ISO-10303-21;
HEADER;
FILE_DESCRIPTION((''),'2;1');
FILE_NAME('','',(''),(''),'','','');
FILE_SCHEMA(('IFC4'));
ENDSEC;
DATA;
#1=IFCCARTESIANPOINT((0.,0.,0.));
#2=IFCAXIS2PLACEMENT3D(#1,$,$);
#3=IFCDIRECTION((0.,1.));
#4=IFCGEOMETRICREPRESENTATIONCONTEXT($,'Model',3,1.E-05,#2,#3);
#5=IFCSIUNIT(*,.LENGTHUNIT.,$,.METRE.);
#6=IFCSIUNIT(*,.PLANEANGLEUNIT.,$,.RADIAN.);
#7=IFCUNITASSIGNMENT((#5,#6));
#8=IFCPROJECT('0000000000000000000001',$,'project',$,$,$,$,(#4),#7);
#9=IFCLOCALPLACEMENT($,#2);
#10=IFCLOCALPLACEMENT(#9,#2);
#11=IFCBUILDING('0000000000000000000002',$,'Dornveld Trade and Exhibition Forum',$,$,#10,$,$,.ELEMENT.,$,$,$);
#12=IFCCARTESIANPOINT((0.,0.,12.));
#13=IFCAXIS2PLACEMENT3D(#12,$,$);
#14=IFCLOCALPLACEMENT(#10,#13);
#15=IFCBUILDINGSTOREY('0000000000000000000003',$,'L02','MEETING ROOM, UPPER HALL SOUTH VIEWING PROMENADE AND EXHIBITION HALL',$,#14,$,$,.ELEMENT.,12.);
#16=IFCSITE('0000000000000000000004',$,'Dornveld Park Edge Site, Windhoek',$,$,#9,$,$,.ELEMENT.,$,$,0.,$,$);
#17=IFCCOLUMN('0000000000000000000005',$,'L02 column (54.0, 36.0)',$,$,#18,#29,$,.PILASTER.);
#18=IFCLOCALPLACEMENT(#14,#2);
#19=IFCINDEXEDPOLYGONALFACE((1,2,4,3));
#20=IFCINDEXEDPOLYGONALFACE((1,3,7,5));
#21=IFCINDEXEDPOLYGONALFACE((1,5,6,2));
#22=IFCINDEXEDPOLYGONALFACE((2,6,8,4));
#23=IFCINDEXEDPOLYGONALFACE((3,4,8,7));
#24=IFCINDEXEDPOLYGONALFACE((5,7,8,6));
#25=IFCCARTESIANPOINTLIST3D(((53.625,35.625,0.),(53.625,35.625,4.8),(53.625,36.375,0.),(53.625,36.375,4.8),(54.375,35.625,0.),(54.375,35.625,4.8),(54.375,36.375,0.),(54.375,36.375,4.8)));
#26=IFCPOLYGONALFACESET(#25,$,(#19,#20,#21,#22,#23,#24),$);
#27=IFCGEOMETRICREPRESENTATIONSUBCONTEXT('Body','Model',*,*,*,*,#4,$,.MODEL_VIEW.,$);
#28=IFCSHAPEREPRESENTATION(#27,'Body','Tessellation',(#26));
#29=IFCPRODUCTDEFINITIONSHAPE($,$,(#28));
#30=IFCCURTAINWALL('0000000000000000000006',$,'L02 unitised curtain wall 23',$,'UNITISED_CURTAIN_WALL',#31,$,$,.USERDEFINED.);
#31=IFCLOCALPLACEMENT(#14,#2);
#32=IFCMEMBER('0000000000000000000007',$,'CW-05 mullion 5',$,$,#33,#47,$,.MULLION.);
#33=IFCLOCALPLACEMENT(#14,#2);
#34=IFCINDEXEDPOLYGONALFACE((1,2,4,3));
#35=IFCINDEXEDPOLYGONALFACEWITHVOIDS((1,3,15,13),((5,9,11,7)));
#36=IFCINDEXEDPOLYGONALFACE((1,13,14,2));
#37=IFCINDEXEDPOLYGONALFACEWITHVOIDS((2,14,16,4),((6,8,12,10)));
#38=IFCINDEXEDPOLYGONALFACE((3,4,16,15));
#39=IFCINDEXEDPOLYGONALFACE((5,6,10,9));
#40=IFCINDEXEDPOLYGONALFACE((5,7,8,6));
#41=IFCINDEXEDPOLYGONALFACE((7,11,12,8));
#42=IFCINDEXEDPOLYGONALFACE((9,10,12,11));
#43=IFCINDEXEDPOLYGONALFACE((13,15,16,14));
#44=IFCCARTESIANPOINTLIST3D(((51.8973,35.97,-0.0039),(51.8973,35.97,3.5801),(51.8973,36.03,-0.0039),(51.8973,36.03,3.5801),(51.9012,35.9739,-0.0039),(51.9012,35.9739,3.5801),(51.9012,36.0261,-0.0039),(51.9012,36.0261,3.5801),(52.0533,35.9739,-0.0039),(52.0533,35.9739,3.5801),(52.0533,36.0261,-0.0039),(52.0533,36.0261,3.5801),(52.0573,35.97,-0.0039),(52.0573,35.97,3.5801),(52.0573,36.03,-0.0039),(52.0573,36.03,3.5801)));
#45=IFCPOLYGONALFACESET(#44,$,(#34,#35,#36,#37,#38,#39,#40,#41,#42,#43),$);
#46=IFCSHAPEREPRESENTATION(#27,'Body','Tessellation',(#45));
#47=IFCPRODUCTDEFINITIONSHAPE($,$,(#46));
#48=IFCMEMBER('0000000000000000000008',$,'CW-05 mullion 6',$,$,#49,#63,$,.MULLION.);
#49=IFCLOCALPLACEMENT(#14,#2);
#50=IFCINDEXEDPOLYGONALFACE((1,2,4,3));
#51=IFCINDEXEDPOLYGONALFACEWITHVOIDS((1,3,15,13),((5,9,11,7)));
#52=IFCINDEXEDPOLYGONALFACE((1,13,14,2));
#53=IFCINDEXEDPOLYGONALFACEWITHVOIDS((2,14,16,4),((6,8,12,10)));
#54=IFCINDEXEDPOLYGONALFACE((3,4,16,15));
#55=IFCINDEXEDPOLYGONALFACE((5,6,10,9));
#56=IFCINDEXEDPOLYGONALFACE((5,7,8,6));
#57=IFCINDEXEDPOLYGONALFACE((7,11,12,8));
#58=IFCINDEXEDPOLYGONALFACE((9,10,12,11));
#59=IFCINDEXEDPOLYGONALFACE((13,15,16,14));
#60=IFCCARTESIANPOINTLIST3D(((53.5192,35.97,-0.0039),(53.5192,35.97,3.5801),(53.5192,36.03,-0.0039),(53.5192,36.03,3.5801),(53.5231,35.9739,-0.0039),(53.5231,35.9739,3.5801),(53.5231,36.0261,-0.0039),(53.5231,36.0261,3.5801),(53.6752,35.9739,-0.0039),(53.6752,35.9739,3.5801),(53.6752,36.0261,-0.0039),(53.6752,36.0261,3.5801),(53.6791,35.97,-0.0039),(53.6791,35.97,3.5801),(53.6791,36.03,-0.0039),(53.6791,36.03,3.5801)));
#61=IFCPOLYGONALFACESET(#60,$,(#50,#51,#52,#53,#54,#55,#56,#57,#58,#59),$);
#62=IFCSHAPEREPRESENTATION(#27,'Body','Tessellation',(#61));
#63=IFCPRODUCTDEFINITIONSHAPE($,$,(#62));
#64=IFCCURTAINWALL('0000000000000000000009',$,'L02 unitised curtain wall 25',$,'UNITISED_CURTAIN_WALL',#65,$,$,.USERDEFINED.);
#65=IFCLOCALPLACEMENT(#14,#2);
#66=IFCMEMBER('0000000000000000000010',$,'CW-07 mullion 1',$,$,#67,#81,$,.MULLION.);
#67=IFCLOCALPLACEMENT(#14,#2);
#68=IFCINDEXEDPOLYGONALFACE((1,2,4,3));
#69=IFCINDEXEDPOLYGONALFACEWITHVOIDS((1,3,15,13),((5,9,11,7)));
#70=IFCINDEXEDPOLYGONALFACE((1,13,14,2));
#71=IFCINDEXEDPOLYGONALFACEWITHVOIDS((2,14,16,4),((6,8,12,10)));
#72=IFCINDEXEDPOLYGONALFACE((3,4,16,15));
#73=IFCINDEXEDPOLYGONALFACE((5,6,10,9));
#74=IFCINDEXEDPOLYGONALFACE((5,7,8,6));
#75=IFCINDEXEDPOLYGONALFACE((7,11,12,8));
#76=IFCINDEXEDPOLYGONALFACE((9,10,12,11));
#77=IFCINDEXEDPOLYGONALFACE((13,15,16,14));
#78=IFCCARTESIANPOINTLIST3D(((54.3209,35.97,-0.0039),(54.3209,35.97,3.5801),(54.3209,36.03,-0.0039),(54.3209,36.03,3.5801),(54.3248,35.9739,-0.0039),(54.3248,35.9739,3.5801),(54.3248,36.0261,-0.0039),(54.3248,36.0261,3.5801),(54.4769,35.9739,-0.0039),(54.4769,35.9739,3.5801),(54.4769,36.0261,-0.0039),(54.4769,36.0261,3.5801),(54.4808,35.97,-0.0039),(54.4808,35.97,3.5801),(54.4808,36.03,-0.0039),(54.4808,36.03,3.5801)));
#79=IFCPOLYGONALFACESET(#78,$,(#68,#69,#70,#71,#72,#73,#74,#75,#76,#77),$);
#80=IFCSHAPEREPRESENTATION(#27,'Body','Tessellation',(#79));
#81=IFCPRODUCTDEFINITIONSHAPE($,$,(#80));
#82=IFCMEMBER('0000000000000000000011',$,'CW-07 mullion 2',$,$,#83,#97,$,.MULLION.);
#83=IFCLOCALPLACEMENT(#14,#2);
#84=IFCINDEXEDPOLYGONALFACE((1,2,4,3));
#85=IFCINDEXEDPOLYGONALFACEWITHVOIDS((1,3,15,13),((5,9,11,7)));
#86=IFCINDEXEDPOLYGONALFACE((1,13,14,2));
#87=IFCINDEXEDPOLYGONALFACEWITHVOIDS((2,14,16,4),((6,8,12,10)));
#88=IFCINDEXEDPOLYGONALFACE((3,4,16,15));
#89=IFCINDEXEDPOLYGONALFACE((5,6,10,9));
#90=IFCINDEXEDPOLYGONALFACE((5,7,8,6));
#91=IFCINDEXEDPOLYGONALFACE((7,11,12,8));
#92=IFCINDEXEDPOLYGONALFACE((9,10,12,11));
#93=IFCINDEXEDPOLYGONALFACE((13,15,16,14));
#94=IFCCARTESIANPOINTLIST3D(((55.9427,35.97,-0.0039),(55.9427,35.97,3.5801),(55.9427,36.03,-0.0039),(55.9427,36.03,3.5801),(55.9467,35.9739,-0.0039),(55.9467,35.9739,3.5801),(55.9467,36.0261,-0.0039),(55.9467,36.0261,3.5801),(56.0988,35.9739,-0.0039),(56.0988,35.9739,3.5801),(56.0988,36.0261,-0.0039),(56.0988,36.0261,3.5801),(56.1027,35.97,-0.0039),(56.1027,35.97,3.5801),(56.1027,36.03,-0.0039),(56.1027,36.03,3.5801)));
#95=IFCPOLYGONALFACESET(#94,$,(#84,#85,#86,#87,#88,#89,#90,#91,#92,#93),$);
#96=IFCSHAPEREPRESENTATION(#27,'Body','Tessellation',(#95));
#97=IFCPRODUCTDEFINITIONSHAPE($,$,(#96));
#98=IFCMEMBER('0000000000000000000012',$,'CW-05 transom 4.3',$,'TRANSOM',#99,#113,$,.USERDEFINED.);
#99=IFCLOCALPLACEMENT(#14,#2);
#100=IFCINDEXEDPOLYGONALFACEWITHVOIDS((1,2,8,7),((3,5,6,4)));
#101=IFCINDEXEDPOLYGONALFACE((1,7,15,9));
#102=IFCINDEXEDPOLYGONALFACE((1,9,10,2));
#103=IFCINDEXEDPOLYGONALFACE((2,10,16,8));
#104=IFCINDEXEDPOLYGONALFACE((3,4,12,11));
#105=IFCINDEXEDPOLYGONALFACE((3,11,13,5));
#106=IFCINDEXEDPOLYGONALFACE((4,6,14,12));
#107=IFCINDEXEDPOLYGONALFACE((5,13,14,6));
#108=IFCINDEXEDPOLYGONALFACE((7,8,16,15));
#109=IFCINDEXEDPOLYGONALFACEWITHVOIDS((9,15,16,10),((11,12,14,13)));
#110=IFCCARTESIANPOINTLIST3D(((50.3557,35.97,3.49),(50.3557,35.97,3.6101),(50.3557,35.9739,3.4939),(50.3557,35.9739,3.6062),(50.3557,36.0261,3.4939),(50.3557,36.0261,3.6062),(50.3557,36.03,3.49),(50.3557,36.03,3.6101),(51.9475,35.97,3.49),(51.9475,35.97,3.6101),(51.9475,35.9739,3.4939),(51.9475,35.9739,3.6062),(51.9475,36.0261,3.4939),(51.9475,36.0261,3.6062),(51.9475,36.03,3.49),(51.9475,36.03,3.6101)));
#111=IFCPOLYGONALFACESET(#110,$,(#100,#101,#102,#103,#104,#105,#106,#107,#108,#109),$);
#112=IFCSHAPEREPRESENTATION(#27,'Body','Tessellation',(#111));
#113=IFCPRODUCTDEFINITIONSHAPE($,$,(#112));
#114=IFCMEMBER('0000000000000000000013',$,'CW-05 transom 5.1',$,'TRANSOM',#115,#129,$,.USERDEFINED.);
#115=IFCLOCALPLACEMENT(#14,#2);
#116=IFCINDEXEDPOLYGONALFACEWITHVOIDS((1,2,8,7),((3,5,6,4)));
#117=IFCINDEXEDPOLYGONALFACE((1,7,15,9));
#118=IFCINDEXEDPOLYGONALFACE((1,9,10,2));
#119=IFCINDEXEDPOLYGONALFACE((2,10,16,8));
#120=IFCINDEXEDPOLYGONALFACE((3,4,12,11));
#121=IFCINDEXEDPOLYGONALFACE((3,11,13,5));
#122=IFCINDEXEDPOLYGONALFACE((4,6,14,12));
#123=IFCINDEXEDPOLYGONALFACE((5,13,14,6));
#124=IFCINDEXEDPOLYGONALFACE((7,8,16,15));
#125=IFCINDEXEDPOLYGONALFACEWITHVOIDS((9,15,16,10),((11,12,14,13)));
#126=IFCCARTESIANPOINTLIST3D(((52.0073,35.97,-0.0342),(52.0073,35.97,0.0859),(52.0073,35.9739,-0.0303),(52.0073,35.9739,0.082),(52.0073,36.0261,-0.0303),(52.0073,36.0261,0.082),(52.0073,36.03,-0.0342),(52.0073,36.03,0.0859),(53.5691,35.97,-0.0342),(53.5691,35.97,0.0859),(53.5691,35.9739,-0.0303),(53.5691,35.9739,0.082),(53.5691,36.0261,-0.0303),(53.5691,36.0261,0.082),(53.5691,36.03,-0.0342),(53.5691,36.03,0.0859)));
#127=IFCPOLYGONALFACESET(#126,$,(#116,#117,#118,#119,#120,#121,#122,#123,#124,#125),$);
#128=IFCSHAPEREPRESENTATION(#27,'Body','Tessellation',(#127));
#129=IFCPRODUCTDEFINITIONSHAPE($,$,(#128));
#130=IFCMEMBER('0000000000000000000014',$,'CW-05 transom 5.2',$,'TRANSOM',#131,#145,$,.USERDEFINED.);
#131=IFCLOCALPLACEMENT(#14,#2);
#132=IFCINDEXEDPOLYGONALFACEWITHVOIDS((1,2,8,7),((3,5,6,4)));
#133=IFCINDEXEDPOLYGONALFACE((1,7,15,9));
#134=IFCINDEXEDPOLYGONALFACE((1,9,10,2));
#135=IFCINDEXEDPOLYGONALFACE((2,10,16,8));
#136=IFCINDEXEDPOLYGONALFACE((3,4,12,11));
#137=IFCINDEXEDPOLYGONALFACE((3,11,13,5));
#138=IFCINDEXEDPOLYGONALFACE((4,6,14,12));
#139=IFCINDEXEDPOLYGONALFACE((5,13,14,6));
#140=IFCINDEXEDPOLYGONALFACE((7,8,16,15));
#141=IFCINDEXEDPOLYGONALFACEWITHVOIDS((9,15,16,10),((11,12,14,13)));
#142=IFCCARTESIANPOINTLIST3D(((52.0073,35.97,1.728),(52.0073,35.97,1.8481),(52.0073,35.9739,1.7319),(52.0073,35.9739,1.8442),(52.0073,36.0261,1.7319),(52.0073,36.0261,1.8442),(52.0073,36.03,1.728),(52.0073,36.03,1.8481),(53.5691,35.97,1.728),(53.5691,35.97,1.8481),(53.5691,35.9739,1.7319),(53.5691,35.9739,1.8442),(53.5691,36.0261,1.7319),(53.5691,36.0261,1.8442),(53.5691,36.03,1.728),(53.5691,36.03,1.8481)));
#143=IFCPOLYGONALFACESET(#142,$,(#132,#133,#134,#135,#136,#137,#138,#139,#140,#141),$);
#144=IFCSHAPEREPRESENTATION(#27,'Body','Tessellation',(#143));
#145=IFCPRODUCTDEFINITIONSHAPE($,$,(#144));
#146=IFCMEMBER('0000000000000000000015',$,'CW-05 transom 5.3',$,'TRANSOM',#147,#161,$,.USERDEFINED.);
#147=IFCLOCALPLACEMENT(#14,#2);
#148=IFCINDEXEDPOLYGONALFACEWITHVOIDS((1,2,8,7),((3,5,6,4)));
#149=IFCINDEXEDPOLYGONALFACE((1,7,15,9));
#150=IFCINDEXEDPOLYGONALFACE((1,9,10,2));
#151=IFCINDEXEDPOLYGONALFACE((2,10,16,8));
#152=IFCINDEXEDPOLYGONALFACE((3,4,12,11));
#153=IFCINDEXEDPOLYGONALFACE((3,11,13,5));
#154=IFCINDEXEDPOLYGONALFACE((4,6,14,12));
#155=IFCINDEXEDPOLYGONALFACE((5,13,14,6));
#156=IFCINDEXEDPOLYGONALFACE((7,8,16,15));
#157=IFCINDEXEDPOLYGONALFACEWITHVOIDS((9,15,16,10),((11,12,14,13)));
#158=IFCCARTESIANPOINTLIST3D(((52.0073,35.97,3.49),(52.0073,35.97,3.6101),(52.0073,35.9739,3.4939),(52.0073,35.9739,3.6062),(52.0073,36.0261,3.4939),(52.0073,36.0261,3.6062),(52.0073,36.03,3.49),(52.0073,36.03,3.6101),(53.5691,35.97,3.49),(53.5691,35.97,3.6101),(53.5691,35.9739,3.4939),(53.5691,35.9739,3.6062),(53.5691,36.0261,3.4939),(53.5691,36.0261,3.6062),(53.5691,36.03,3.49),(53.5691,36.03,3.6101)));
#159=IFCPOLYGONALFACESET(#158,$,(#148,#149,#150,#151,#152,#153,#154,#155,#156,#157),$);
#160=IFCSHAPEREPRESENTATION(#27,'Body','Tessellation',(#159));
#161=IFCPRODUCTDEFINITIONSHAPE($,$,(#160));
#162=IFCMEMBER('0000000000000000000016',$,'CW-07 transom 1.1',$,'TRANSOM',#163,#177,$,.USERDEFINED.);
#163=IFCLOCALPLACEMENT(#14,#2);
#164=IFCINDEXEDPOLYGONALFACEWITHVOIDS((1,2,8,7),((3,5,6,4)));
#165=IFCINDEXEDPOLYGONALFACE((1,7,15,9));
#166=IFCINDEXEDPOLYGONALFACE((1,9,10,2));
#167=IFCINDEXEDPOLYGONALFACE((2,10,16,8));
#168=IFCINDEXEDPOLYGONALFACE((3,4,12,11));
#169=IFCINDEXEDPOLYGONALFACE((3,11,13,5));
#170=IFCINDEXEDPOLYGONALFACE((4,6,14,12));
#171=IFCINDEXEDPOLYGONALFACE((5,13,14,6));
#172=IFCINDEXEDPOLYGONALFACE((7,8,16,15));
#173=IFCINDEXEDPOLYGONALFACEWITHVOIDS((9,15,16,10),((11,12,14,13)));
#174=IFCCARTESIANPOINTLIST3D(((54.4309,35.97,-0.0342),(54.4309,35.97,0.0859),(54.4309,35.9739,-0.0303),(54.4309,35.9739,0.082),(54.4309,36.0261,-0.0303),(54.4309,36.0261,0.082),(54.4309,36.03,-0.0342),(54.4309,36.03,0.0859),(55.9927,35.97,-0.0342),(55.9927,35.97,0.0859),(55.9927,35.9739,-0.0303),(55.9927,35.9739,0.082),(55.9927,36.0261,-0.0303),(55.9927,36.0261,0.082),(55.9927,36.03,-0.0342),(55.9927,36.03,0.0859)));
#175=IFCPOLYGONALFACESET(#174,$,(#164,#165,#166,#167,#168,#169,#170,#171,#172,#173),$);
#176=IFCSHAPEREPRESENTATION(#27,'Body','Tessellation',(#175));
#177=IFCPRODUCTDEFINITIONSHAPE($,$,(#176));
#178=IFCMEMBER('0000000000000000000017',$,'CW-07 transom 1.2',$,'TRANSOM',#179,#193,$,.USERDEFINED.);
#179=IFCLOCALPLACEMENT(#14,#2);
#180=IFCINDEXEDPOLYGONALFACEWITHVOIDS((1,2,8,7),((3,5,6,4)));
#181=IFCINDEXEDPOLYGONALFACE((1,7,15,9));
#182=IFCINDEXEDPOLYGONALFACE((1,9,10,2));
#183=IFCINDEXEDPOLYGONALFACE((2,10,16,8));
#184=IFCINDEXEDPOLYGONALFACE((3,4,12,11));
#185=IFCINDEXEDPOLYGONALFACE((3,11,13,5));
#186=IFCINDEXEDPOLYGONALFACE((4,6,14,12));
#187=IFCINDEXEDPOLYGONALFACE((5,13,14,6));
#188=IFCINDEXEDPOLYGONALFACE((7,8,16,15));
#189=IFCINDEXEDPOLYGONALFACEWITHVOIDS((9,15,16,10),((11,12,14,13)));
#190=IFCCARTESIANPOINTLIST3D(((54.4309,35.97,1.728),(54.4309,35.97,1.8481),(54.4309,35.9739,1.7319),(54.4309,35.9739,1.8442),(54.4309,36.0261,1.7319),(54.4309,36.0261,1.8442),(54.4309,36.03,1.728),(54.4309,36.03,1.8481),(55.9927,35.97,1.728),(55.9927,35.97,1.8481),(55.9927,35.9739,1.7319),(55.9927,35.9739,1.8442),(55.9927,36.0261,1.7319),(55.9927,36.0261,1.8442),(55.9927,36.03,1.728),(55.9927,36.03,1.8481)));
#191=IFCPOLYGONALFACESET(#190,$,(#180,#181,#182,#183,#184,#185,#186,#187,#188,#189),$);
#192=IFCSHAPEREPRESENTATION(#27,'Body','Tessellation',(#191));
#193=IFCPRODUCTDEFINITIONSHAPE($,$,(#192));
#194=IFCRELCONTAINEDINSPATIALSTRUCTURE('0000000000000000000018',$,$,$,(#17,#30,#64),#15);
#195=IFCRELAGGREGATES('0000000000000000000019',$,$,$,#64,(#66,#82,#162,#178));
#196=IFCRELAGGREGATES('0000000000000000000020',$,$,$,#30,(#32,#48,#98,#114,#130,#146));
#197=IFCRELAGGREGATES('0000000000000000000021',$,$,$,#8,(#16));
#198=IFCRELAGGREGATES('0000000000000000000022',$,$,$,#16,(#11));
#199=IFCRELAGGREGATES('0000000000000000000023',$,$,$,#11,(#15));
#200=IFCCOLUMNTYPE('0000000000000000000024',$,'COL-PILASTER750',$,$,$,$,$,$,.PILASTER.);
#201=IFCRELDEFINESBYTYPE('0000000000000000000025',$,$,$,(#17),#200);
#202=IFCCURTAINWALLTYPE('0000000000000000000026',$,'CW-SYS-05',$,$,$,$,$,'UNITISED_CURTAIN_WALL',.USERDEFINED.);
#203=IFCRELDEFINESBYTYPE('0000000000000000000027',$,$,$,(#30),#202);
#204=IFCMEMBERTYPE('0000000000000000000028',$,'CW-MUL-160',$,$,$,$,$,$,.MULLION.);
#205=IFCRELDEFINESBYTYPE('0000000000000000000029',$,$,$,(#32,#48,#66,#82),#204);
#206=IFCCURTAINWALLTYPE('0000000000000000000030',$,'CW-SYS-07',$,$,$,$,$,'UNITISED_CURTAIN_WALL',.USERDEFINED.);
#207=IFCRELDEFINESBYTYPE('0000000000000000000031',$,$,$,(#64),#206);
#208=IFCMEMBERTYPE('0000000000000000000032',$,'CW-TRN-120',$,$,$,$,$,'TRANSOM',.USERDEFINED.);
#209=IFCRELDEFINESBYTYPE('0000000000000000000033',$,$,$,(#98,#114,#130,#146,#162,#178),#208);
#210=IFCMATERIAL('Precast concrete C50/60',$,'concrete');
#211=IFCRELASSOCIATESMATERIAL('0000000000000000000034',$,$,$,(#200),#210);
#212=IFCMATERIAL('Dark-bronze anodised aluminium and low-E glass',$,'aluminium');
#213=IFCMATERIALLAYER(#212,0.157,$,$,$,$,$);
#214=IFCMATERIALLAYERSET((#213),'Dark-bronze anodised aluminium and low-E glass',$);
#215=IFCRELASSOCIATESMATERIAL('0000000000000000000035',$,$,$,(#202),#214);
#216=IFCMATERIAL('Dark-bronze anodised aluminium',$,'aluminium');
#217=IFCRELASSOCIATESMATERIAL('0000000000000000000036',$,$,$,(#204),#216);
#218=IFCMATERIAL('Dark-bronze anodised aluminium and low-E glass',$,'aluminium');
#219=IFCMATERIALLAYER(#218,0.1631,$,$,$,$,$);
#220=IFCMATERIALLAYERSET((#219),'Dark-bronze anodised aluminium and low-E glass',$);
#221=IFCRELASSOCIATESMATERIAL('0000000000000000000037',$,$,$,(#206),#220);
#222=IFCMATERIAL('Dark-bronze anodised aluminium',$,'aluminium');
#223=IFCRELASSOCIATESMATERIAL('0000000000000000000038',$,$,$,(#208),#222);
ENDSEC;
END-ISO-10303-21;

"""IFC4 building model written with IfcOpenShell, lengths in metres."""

from ifc_helpers import new_model, si_unit, direction, frame, origin, origin_2d, place, context, subcontext, project, spatial, rectangle, hollow_rectangle, extrude, material, layer, layer_set, material_profile, profile_set, type_object, element, aggregate, save


model = new_model("IFC4")

# Units and contexts
model_context = context("Model", 3, precision=1e-05, world=origin(), true_north=direction((0.0, 1.0)))
body_context = subcontext(model_context, "Body", "Model", "MODEL_VIEW")
ifc_project = project(units=[si_unit("LENGTHUNIT", "METRE"), si_unit("PLANEANGLEUNIT", "RADIAN")], contexts=[model_context])

# Site, building, storey
site_placement = place(None, origin())
site = spatial("IfcSite", under=ifc_project, at=site_placement, Name="Dornveld Park Edge Site, Windhoek", CompositionType="ELEMENT", RefElevation=0.0)
building_placement = place(site_placement, origin())
building = spatial("IfcBuilding", under=site, at=building_placement, Name="Dornveld Trade and Exhibition Forum", CompositionType="ELEMENT")
storey_placement = place(building_placement, frame((0.0, 0.0, 12.0)))
storey = spatial("IfcBuildingStorey", under=building, at=storey_placement, Name="L02", Description="MEETING ROOM, UPPER HALL SOUTH VIEWING PROMENADE AND EXHIBITION HALL", CompositionType="ELEMENT", Elevation=12.0)

# Column
ifc_material_1 = material(Name="Precast concrete C50/60", Category="concrete")
ifc_material_profile_1 = material_profile(ifc_material_1, rectangle(XDim=0.75, YDim=0.75, at=origin_2d()), Name="PC-COL 750x750")
ifc_profile_set_1 = profile_set([ifc_material_profile_1], Name="Precast concrete C50/60")
column_type = type_object("IfcColumnType", Name="COL-PILASTER750", PredefinedType="PILASTER", material=ifc_profile_set_1)
column_placement = place(storey_placement, frame((54.0, 36.0, 0.0), z_axis=(0.0, 0.0, 1.0), x_axis=(1.0, 0.0, 0.0)))
element("IfcColumn", 1, at=column_placement, inside=storey, type_object=column_type, Name="L02 column (54.0, 36.0)", PredefinedType="PILASTER", context=body_context, shape_type="SweptSolid", body=[
    extrude(rectangle(XDim=0.75, YDim=0.75, at=origin_2d()), origin(), (0.0, 0.0, 1.0), 4.8),
])

# Curtain walls, members
ifc_material_2 = material(Name="Dark-bronze anodised aluminium and low-E glass", Category="aluminium")
ifc_layer_1 = layer(ifc_material_2, 0.157)
ifc_layer_set_1 = layer_set([ifc_layer_1], Name="Dark-bronze anodised aluminium and low-E glass")
curtain_wall_type_1 = type_object("IfcCurtainWallType", Name="CW-SYS-05", ElementType="UNITISED_CURTAIN_WALL", PredefinedType="USERDEFINED", material=ifc_layer_set_1)
curtain_wall_1_placement = place(storey_placement, origin())
curtain_wall_1 = element("IfcCurtainWall", 2, at=curtain_wall_1_placement, inside=storey, type_object=curtain_wall_type_1, Name="L02 unitised curtain wall 23", ObjectType="UNITISED_CURTAIN_WALL", PredefinedType="USERDEFINED")
ifc_material_3 = material(Name="Dark-bronze anodised aluminium", Category="aluminium")
ifc_material_profile_2 = material_profile(ifc_material_3, hollow_rectangle(XDim=0.0601, YDim=0.1599, WallThickness=0.0039, at=origin_2d()), Name="RHS 160x60x4")
ifc_profile_set_2 = profile_set([ifc_material_profile_2], Name="Dark-bronze anodised aluminium")
member_type_1 = type_object("IfcMemberType", Name="CW-MUL-160", PredefinedType="MULLION", material=ifc_profile_set_2)
member_1_placement = place(storey_placement, frame((51.9773, 36.0, -0.0039), z_axis=(0.0, 0.0, 1.0), x_axis=(0.0, 1.0, 0.0)))
member_1 = element("IfcMember", 3, at=member_1_placement, type_object=member_type_1, Name="CW-05 mullion 5", PredefinedType="MULLION", context=body_context, shape_type="SweptSolid", body=[
    extrude(hollow_rectangle(XDim=0.0601, YDim=0.1599, WallThickness=0.0039, at=origin_2d()), origin(), (0.0, 0.0, 1.0), 3.584),
])
member_2_placement = place(storey_placement, frame((53.5991, 36.0, -0.0039), z_axis=(0.0, 0.0, 1.0), x_axis=(0.0, 1.0, 0.0)))
member_2 = element("IfcMember", 4, at=member_2_placement, type_object=member_type_1, Name="CW-05 mullion 6", PredefinedType="MULLION", context=body_context, shape_type="SweptSolid", body=[
    extrude(hollow_rectangle(XDim=0.0601, YDim=0.1599, WallThickness=0.0039, at=origin_2d()), origin(), (0.0, 0.0, 1.0), 3.584),
])
ifc_material_4 = material(Name="Dark-bronze anodised aluminium and low-E glass", Category="aluminium")
ifc_layer_2 = layer(ifc_material_4, 0.1631)
ifc_layer_set_2 = layer_set([ifc_layer_2], Name="Dark-bronze anodised aluminium and low-E glass")
curtain_wall_type_2 = type_object("IfcCurtainWallType", Name="CW-SYS-07", ElementType="UNITISED_CURTAIN_WALL", PredefinedType="USERDEFINED", material=ifc_layer_set_2)
curtain_wall_2_placement = place(storey_placement, origin())
curtain_wall_2 = element("IfcCurtainWall", 5, at=curtain_wall_2_placement, inside=storey, type_object=curtain_wall_type_2, Name="L02 unitised curtain wall 25", ObjectType="UNITISED_CURTAIN_WALL", PredefinedType="USERDEFINED")
member_3_placement = place(storey_placement, frame((54.4009, 36.0, -0.0039), z_axis=(0.0, 0.0, 1.0), x_axis=(0.0, 1.0, 0.0)))
member_3 = element("IfcMember", 6, at=member_3_placement, type_object=member_type_1, Name="CW-07 mullion 1", PredefinedType="MULLION", context=body_context, shape_type="SweptSolid", body=[
    extrude(hollow_rectangle(XDim=0.0601, YDim=0.1599, WallThickness=0.0039, at=origin_2d()), origin(), (0.0, 0.0, 1.0), 3.584),
])
member_4_placement = place(storey_placement, frame((56.0227, 36.0, -0.0039), z_axis=(0.0, 0.0, 1.0), x_axis=(0.0, 1.0, 0.0)))
member_4 = element("IfcMember", 7, at=member_4_placement, type_object=member_type_1, Name="CW-07 mullion 2", PredefinedType="MULLION", context=body_context, shape_type="SweptSolid", body=[
    extrude(hollow_rectangle(XDim=0.0601, YDim=0.1599, WallThickness=0.0039, at=origin_2d()), origin(), (0.0, 0.0, 1.0), 3.584),
])

# Members
ifc_material_5 = material(Name="Dark-bronze anodised aluminium", Category="aluminium")
ifc_material_profile_3 = material_profile(ifc_material_5, hollow_rectangle(XDim=0.0601, YDim=0.1201, WallThickness=0.0039, at=origin_2d()), Name="RHS 120x60x4")
ifc_profile_set_3 = profile_set([ifc_material_profile_3], Name="Dark-bronze anodised aluminium")
member_type_2 = type_object("IfcMemberType", Name="CW-TRN-120", ElementType="TRANSOM", PredefinedType="USERDEFINED", material=ifc_profile_set_3)
member_5_placement = place(storey_placement, frame((50.3557, 36.0, 3.55), z_axis=(1.0, 0.0, 0.0), x_axis=(0.0, 1.0, 0.0)))
member_5 = element("IfcMember", 8, at=member_5_placement, type_object=member_type_2, Name="CW-05 transom 4.3", ObjectType="TRANSOM", PredefinedType="USERDEFINED", context=body_context, shape_type="SweptSolid", body=[
    extrude(hollow_rectangle(XDim=0.0601, YDim=0.1201, WallThickness=0.0039, at=origin_2d()), origin(), (0.0, 0.0, 1.0), 1.5918),
])
member_6_placement = place(storey_placement, frame((52.0073, 36.0, 0.0259), z_axis=(1.0, 0.0, 0.0), x_axis=(0.0, 1.0, 0.0)))
member_6 = element("IfcMember", 9, at=member_6_placement, type_object=member_type_2, Name="CW-05 transom 5.1", ObjectType="TRANSOM", PredefinedType="USERDEFINED", context=body_context, shape_type="SweptSolid", body=[
    extrude(hollow_rectangle(XDim=0.0601, YDim=0.1201, WallThickness=0.0039, at=origin_2d()), origin(), (0.0, 0.0, 1.0), 1.5618),
])
member_7_placement = place(storey_placement, frame((52.0073, 36.0, 1.7881), z_axis=(1.0, 0.0, 0.0), x_axis=(0.0, 1.0, 0.0)))
member_7 = element("IfcMember", 10, at=member_7_placement, type_object=member_type_2, Name="CW-05 transom 5.2", ObjectType="TRANSOM", PredefinedType="USERDEFINED", context=body_context, shape_type="SweptSolid", body=[
    extrude(hollow_rectangle(XDim=0.0601, YDim=0.1201, WallThickness=0.0039, at=origin_2d()), origin(), (0.0, 0.0, 1.0), 1.5618),
])
member_8_placement = place(storey_placement, frame((52.0073, 36.0, 3.55), z_axis=(1.0, 0.0, 0.0), x_axis=(0.0, 1.0, 0.0)))
member_8 = element("IfcMember", 11, at=member_8_placement, type_object=member_type_2, Name="CW-05 transom 5.3", ObjectType="TRANSOM", PredefinedType="USERDEFINED", context=body_context, shape_type="SweptSolid", body=[
    extrude(hollow_rectangle(XDim=0.0601, YDim=0.1201, WallThickness=0.0039, at=origin_2d()), origin(), (0.0, 0.0, 1.0), 1.5618),
])
member_9_placement = place(storey_placement, frame((54.4309, 36.0, 0.0259), z_axis=(1.0, 0.0, 0.0), x_axis=(0.0, 1.0, 0.0)))
member_9 = element("IfcMember", 12, at=member_9_placement, type_object=member_type_2, Name="CW-07 transom 1.1", ObjectType="TRANSOM", PredefinedType="USERDEFINED", context=body_context, shape_type="SweptSolid", body=[
    extrude(hollow_rectangle(XDim=0.0601, YDim=0.1201, WallThickness=0.0039, at=origin_2d()), origin(), (0.0, 0.0, 1.0), 1.5618),
])
member_10_placement = place(storey_placement, frame((54.4309, 36.0, 1.7881), z_axis=(1.0, 0.0, 0.0), x_axis=(0.0, 1.0, 0.0)))
member_10 = element("IfcMember", 13, at=member_10_placement, type_object=member_type_2, Name="CW-07 transom 1.2", ObjectType="TRANSOM", PredefinedType="USERDEFINED", context=body_context, shape_type="SweptSolid", body=[
    extrude(hollow_rectangle(XDim=0.0601, YDim=0.1201, WallThickness=0.0039, at=origin_2d()), origin(), (0.0, 0.0, 1.0), 1.5618),
])

aggregate(curtain_wall_2, [member_3, member_4, member_9, member_10])
aggregate(curtain_wall_1, [member_1, member_2, member_5, member_6, member_7, member_8])

save(model, "model.ifc")
